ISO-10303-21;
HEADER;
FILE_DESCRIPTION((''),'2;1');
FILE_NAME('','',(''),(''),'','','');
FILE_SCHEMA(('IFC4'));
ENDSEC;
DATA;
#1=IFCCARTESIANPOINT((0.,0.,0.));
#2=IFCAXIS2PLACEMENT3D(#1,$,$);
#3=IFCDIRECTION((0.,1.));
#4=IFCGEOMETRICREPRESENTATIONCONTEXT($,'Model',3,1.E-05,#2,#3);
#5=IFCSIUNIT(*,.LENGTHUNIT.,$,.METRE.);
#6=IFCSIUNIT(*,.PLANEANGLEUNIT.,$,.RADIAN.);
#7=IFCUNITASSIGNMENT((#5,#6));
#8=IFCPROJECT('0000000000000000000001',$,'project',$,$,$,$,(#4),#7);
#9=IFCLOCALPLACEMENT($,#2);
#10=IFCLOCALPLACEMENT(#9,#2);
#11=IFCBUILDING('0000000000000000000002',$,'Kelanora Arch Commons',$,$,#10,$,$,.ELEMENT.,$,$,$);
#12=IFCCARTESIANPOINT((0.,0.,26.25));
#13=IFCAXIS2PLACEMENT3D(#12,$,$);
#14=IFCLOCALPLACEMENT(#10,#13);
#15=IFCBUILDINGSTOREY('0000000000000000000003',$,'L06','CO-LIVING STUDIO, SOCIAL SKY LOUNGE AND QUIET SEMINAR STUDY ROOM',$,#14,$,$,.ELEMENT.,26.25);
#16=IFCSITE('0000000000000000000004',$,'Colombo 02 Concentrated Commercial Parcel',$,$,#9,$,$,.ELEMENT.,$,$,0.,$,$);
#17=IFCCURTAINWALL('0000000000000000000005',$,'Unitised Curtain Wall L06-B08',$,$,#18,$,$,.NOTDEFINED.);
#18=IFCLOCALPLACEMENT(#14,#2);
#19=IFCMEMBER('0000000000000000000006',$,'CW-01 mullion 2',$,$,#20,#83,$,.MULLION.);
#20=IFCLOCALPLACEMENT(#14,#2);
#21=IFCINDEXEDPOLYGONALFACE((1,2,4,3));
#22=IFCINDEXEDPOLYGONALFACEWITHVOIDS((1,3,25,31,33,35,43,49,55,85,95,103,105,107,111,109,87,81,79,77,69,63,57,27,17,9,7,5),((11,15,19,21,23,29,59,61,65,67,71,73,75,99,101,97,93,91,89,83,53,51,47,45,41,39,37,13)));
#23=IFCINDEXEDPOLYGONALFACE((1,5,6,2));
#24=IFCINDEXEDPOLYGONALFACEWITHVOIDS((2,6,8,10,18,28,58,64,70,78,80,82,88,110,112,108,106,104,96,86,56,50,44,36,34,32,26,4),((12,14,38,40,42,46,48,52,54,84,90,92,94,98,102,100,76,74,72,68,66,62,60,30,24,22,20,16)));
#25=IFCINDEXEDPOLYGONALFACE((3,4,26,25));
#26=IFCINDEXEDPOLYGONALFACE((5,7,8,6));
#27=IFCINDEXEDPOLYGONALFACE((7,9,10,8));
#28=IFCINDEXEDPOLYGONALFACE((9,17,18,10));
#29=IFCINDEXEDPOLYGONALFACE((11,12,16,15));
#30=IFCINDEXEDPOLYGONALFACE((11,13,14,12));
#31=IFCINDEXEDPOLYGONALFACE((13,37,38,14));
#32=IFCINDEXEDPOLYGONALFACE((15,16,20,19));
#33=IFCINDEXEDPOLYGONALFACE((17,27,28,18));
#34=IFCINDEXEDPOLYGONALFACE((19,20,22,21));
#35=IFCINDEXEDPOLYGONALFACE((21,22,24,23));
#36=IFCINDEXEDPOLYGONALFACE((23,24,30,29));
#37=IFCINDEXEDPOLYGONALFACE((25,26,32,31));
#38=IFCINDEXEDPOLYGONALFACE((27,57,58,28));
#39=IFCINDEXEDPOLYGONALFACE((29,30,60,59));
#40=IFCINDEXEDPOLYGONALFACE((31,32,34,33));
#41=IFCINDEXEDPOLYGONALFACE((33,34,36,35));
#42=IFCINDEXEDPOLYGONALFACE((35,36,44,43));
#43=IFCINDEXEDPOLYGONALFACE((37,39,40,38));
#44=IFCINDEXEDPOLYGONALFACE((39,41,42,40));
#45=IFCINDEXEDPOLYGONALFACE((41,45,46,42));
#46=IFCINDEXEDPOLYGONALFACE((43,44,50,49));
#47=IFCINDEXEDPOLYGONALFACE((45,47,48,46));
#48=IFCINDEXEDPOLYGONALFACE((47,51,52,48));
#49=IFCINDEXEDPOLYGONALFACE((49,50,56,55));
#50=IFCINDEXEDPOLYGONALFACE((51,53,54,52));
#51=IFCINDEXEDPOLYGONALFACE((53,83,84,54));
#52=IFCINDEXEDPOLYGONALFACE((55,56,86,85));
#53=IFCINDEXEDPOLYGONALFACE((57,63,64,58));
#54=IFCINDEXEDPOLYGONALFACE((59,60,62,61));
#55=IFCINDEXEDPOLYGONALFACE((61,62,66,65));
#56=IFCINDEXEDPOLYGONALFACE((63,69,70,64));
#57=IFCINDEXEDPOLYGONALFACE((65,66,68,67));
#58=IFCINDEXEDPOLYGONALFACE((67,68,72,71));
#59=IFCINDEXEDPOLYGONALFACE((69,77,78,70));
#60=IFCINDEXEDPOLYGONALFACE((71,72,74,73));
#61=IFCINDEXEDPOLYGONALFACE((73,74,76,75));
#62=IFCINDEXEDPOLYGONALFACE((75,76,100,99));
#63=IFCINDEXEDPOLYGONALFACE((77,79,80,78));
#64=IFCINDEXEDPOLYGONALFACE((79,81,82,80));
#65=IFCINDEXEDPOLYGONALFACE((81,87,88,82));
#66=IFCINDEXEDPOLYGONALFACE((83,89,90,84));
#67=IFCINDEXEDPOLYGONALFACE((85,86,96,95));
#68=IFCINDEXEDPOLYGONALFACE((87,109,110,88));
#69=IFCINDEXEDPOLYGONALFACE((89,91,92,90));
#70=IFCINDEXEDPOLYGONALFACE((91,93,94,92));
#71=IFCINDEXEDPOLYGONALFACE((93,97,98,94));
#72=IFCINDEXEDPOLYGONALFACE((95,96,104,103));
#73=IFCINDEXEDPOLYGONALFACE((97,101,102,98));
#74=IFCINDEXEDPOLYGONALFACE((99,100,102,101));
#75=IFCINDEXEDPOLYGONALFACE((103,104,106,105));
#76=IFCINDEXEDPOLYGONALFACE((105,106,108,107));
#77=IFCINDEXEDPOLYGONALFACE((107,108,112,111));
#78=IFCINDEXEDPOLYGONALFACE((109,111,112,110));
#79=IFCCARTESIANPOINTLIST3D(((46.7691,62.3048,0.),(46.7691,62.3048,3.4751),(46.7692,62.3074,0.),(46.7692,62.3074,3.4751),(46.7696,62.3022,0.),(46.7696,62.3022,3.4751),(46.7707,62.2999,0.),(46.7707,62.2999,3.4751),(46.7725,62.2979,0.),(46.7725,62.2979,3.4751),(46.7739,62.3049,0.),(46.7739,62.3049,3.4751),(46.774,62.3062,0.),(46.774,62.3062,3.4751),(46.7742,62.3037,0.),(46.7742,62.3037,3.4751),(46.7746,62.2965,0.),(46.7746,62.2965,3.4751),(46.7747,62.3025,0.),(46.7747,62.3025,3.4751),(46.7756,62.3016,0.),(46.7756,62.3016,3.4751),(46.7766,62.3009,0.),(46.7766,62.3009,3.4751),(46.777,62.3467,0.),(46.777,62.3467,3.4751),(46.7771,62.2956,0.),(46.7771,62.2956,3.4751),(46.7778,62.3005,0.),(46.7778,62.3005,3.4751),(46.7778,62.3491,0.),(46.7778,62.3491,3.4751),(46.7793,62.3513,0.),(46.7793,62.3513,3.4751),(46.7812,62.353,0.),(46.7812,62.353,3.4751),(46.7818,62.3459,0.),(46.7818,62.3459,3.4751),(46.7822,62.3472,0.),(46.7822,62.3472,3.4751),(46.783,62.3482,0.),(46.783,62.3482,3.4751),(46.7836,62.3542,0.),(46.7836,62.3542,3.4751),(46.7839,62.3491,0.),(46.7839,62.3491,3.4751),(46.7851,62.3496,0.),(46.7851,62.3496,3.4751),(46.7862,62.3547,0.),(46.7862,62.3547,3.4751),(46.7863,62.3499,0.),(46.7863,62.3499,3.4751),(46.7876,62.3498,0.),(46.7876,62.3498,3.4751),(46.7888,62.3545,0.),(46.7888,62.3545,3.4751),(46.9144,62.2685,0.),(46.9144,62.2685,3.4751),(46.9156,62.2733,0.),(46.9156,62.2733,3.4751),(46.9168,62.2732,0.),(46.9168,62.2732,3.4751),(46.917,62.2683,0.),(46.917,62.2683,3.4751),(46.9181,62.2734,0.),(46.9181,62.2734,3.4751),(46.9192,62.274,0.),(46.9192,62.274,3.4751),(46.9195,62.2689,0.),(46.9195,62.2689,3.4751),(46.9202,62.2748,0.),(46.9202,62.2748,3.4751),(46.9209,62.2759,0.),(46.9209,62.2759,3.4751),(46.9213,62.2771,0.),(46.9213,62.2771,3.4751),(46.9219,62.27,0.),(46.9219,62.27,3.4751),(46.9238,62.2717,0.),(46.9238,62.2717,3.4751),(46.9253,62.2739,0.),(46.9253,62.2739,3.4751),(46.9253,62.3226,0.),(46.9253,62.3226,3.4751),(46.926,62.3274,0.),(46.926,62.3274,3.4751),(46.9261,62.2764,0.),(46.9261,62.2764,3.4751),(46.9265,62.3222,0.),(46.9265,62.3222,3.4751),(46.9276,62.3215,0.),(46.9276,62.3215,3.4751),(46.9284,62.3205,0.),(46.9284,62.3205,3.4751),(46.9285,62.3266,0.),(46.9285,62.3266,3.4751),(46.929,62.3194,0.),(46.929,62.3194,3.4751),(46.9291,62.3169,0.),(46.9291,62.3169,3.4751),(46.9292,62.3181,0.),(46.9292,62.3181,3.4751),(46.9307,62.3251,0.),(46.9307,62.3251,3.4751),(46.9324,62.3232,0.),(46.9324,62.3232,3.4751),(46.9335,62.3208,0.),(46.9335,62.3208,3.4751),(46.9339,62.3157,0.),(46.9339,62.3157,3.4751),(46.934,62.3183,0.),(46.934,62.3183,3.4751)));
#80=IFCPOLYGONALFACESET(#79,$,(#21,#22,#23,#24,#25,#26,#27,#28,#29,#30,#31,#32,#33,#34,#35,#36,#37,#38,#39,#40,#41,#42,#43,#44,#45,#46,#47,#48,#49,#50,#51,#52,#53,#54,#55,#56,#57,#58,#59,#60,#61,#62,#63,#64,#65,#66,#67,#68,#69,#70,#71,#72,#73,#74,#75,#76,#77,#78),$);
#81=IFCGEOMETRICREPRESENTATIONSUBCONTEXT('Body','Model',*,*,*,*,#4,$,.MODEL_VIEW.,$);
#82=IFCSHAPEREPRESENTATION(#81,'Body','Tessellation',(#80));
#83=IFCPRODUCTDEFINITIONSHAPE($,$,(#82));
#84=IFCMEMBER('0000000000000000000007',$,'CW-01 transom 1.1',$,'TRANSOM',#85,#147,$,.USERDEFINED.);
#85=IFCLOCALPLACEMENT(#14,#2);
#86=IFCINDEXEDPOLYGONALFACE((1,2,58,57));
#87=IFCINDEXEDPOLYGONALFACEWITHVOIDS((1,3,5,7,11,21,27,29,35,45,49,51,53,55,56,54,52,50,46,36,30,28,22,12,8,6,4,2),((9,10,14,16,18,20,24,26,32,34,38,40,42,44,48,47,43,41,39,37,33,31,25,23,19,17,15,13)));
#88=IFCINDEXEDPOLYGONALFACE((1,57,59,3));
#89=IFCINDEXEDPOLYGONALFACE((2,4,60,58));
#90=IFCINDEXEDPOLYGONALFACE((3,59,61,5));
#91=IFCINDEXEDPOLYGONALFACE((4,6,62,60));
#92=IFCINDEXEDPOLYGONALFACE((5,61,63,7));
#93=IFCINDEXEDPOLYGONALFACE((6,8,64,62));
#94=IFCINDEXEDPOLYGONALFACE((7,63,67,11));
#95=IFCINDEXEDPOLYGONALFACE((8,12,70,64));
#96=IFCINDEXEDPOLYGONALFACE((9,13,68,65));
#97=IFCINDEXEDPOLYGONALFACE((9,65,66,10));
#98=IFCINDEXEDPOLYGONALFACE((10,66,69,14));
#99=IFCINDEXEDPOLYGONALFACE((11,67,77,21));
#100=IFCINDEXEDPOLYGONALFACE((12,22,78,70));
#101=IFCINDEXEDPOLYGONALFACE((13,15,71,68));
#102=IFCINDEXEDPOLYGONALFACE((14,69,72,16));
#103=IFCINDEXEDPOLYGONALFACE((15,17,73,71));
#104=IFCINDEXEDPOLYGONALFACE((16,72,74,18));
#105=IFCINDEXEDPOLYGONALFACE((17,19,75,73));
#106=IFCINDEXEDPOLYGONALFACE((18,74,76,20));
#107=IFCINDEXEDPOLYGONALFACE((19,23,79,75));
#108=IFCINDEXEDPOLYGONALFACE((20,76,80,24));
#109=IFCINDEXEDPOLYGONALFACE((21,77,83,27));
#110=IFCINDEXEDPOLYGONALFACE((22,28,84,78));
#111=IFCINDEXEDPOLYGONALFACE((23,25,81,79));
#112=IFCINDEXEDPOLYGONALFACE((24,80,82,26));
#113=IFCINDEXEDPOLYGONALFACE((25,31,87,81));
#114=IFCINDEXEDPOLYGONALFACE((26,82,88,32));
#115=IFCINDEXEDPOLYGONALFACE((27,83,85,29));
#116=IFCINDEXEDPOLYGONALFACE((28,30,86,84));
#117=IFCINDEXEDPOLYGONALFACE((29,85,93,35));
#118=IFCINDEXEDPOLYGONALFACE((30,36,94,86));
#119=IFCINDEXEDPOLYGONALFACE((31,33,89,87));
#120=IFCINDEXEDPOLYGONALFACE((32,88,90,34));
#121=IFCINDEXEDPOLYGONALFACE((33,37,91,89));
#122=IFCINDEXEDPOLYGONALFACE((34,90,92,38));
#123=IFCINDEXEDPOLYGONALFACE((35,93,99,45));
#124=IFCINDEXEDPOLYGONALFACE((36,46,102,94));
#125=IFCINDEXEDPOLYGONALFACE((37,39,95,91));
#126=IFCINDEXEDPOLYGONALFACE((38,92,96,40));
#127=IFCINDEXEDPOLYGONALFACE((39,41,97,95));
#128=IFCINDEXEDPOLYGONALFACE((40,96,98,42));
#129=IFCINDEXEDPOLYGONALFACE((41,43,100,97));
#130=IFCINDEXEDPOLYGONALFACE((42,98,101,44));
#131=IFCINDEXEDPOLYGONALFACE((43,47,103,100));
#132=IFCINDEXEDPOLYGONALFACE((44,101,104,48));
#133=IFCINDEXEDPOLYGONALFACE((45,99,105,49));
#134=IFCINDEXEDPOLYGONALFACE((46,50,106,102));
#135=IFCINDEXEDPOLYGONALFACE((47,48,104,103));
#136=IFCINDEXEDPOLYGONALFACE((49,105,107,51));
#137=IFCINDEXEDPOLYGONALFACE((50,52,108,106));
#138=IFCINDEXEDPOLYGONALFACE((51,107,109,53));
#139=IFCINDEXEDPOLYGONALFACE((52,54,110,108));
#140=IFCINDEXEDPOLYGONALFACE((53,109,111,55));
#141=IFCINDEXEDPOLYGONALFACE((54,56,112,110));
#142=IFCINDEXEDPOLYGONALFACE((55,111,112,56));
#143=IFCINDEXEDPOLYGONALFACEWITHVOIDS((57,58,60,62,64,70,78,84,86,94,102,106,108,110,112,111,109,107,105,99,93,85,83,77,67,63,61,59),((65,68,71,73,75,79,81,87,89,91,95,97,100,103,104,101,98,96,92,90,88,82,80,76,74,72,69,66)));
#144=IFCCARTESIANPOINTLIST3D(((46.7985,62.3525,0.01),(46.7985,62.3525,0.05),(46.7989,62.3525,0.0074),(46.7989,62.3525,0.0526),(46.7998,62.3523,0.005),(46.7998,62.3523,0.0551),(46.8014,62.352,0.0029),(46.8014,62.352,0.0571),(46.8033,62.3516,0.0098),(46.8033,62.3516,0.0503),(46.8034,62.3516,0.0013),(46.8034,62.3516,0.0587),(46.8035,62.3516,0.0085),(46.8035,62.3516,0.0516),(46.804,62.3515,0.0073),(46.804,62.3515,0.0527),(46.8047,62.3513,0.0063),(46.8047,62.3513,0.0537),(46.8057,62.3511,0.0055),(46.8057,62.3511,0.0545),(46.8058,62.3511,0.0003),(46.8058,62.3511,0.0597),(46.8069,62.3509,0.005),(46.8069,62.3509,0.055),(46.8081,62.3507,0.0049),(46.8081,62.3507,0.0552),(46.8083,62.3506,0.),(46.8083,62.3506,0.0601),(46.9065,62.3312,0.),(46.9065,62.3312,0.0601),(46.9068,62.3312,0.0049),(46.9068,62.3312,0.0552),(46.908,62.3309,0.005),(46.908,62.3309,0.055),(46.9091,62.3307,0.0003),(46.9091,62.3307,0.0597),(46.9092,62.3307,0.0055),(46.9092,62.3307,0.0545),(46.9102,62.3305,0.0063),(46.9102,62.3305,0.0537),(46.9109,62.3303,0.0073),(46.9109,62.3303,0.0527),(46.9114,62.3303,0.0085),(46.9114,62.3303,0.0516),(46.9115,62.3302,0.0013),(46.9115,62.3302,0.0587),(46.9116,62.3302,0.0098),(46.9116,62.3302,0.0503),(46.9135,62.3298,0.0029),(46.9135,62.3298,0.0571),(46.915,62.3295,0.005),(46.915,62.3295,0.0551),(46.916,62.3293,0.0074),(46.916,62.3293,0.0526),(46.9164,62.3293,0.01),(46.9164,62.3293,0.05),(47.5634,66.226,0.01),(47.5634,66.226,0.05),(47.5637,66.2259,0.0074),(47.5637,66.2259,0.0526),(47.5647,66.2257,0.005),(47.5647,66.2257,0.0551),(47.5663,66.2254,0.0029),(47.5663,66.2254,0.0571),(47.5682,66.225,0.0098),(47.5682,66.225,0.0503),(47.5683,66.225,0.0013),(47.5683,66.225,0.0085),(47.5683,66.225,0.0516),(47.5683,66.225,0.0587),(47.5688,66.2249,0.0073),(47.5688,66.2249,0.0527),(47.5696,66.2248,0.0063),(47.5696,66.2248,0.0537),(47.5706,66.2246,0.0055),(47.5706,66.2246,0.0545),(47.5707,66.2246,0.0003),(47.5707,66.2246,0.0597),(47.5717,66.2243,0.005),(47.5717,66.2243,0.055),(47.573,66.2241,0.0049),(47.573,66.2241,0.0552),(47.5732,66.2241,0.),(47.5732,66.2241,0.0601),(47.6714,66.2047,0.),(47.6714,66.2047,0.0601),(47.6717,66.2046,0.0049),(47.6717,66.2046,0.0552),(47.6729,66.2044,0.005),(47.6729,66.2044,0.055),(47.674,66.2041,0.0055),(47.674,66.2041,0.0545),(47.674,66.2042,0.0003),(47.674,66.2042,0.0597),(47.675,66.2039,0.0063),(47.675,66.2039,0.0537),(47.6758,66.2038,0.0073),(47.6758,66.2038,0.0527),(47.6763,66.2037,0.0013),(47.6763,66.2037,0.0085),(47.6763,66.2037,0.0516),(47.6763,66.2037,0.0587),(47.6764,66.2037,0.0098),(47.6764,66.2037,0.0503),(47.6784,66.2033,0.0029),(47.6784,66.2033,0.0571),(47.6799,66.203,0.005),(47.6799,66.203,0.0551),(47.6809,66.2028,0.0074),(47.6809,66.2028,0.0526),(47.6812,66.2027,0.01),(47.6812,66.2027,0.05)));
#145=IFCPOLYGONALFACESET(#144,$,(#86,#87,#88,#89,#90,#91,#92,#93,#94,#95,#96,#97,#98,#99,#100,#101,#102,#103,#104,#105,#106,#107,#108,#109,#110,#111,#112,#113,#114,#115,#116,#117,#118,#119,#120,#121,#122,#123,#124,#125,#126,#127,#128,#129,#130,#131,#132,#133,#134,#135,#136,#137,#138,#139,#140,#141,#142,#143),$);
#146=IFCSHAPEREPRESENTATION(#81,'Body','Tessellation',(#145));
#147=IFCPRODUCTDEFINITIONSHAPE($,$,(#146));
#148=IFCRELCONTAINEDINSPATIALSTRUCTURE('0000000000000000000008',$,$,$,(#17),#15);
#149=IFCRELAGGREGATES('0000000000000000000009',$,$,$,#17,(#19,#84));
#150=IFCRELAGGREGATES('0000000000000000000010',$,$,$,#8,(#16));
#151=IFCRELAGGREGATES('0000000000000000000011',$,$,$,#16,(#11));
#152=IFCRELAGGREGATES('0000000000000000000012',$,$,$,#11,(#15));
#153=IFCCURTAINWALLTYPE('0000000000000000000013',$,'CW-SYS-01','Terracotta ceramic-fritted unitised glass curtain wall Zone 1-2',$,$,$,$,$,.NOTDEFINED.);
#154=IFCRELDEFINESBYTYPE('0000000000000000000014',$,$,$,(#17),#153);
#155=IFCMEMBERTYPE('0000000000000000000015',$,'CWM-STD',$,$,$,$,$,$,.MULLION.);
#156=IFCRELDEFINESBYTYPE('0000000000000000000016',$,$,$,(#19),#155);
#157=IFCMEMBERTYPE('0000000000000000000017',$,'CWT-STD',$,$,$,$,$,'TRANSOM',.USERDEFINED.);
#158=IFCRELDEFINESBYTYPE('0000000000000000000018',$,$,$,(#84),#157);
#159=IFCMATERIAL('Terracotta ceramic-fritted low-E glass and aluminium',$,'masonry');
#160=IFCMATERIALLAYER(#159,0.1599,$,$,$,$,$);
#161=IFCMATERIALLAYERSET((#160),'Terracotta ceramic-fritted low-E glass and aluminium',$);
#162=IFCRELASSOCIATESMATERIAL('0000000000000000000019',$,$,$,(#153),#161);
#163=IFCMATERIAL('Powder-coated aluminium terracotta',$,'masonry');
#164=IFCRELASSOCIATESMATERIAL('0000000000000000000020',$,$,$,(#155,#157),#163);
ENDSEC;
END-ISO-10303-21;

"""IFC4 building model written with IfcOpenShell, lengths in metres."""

from ifc_helpers import new_model, si_unit, direction, frame, origin, origin_2d, place, context, subcontext, project, spatial, hollow_rectangle, extrude, material, layer, layer_set, material_profile, profile_set, type_object, element, aggregate, save


model = new_model("IFC4")

# Units and contexts
model_context = context("Model", 3, precision=1e-05, world=origin(), true_north=direction((0.0, 1.0)))
body_context = subcontext(model_context, "Body", "Model", "MODEL_VIEW")
ifc_project = project(units=[si_unit("LENGTHUNIT", "METRE"), si_unit("PLANEANGLEUNIT", "RADIAN")], contexts=[model_context])

# Site, building, storey
site_placement = place(None, origin())
site = spatial("IfcSite", under=ifc_project, at=site_placement, Name="Colombo 02 Concentrated Commercial Parcel", CompositionType="ELEMENT", RefElevation=0.0)
building_placement = place(site_placement, origin())
building = spatial("IfcBuilding", under=site, at=building_placement, Name="Kelanora Arch Commons", CompositionType="ELEMENT")
storey_placement = place(building_placement, frame((0.0, 0.0, 26.25)))
storey = spatial("IfcBuildingStorey", under=building, at=storey_placement, Name="L06", Description="CO-LIVING STUDIO, SOCIAL SKY LOUNGE AND QUIET SEMINAR STUDY ROOM", CompositionType="ELEMENT", Elevation=26.25)

# Curtain wall, members
ifc_material_1 = material(Name="Terracotta ceramic-fritted low-E glass and aluminium", Category="masonry")
ifc_layer_1 = layer(ifc_material_1, 0.1599)
ifc_layer_set_1 = layer_set([ifc_layer_1], Name="Terracotta ceramic-fritted low-E glass and aluminium")
curtain_wall_type = type_object("IfcCurtainWallType", Name="CW-SYS-01", Description="Terracotta ceramic-fritted unitised glass curtain wall Zone 1-2", PredefinedType="NOTDEFINED", material=ifc_layer_set_1)
curtain_wall_placement = place(storey_placement, origin())
curtain_wall = element("IfcCurtainWall", 1, at=curtain_wall_placement, inside=storey, type_object=curtain_wall_type, Name="Unitised Curtain Wall L06-B08", PredefinedType="NOTDEFINED")
ifc_material_2 = material(Name="Powder-coated aluminium terracotta", Category="masonry")
ifc_material_profile_1 = material_profile(ifc_material_2, hollow_rectangle(XDim=0.1599, YDim=0.0601, WallThickness=0.0049, InnerFilletRadius=0.0049, OuterFilletRadius=0.01, at=origin_2d()), Name="CWM160x60")
ifc_profile_set_1 = profile_set([ifc_material_profile_1], Name="Powder-coated aluminium terracotta")
member_type_1 = type_object("IfcMemberType", Name="CWM-STD", PredefinedType="MULLION", material=ifc_profile_set_1)
member_1_placement = place(storey_placement, frame((46.8516, 62.3115, 0.0), z_axis=(0.0, 0.0, 1.0), x_axis=(0.981052, -0.193744, 0.0)))
member_1 = element("IfcMember", 2, at=member_1_placement, type_object=member_type_1, Name="CW-01 mullion 2", PredefinedType="MULLION", context=body_context, shape_type="SweptSolid", body=[
    extrude(hollow_rectangle(XDim=0.1599, YDim=0.0601, WallThickness=0.0049, InnerFilletRadius=0.0049, OuterFilletRadius=0.01, at=origin_2d()), origin(), (0.0, 0.0, 1.0), 3.4751),
])
ifc_material_profile_2 = material_profile(ifc_material_2, hollow_rectangle(XDim=0.1201, YDim=0.0601, WallThickness=0.0049, InnerFilletRadius=0.0049, OuterFilletRadius=0.01, at=origin_2d()), Name="CWT120x60")
ifc_profile_set_2 = profile_set([ifc_material_profile_2], Name="Powder-coated aluminium terracotta")
member_type_2 = type_object("IfcMemberType", Name="CWT-STD", ElementType="TRANSOM", PredefinedType="USERDEFINED", material=ifc_profile_set_2)
member_2_placement = place(storey_placement, frame((47.6223, 66.2144, 0.03), z_axis=(-0.193725, -0.981056, 0.0), x_axis=(0.981056, -0.193725, 0.0)))
member_2 = element("IfcMember", 3, at=member_2_placement, type_object=member_type_2, Name="CW-01 transom 1.1", ObjectType="TRANSOM", PredefinedType="USERDEFINED", context=body_context, shape_type="SweptSolid", body=[
    extrude(hollow_rectangle(XDim=0.1201, YDim=0.0601, WallThickness=0.0049, InnerFilletRadius=0.0049, OuterFilletRadius=0.01, at=origin_2d()), origin(), (0.0, 0.0, 1.0), 3.9482),
])
aggregate(curtain_wall, [member_1, member_2])

save(model, "model.ifc")
